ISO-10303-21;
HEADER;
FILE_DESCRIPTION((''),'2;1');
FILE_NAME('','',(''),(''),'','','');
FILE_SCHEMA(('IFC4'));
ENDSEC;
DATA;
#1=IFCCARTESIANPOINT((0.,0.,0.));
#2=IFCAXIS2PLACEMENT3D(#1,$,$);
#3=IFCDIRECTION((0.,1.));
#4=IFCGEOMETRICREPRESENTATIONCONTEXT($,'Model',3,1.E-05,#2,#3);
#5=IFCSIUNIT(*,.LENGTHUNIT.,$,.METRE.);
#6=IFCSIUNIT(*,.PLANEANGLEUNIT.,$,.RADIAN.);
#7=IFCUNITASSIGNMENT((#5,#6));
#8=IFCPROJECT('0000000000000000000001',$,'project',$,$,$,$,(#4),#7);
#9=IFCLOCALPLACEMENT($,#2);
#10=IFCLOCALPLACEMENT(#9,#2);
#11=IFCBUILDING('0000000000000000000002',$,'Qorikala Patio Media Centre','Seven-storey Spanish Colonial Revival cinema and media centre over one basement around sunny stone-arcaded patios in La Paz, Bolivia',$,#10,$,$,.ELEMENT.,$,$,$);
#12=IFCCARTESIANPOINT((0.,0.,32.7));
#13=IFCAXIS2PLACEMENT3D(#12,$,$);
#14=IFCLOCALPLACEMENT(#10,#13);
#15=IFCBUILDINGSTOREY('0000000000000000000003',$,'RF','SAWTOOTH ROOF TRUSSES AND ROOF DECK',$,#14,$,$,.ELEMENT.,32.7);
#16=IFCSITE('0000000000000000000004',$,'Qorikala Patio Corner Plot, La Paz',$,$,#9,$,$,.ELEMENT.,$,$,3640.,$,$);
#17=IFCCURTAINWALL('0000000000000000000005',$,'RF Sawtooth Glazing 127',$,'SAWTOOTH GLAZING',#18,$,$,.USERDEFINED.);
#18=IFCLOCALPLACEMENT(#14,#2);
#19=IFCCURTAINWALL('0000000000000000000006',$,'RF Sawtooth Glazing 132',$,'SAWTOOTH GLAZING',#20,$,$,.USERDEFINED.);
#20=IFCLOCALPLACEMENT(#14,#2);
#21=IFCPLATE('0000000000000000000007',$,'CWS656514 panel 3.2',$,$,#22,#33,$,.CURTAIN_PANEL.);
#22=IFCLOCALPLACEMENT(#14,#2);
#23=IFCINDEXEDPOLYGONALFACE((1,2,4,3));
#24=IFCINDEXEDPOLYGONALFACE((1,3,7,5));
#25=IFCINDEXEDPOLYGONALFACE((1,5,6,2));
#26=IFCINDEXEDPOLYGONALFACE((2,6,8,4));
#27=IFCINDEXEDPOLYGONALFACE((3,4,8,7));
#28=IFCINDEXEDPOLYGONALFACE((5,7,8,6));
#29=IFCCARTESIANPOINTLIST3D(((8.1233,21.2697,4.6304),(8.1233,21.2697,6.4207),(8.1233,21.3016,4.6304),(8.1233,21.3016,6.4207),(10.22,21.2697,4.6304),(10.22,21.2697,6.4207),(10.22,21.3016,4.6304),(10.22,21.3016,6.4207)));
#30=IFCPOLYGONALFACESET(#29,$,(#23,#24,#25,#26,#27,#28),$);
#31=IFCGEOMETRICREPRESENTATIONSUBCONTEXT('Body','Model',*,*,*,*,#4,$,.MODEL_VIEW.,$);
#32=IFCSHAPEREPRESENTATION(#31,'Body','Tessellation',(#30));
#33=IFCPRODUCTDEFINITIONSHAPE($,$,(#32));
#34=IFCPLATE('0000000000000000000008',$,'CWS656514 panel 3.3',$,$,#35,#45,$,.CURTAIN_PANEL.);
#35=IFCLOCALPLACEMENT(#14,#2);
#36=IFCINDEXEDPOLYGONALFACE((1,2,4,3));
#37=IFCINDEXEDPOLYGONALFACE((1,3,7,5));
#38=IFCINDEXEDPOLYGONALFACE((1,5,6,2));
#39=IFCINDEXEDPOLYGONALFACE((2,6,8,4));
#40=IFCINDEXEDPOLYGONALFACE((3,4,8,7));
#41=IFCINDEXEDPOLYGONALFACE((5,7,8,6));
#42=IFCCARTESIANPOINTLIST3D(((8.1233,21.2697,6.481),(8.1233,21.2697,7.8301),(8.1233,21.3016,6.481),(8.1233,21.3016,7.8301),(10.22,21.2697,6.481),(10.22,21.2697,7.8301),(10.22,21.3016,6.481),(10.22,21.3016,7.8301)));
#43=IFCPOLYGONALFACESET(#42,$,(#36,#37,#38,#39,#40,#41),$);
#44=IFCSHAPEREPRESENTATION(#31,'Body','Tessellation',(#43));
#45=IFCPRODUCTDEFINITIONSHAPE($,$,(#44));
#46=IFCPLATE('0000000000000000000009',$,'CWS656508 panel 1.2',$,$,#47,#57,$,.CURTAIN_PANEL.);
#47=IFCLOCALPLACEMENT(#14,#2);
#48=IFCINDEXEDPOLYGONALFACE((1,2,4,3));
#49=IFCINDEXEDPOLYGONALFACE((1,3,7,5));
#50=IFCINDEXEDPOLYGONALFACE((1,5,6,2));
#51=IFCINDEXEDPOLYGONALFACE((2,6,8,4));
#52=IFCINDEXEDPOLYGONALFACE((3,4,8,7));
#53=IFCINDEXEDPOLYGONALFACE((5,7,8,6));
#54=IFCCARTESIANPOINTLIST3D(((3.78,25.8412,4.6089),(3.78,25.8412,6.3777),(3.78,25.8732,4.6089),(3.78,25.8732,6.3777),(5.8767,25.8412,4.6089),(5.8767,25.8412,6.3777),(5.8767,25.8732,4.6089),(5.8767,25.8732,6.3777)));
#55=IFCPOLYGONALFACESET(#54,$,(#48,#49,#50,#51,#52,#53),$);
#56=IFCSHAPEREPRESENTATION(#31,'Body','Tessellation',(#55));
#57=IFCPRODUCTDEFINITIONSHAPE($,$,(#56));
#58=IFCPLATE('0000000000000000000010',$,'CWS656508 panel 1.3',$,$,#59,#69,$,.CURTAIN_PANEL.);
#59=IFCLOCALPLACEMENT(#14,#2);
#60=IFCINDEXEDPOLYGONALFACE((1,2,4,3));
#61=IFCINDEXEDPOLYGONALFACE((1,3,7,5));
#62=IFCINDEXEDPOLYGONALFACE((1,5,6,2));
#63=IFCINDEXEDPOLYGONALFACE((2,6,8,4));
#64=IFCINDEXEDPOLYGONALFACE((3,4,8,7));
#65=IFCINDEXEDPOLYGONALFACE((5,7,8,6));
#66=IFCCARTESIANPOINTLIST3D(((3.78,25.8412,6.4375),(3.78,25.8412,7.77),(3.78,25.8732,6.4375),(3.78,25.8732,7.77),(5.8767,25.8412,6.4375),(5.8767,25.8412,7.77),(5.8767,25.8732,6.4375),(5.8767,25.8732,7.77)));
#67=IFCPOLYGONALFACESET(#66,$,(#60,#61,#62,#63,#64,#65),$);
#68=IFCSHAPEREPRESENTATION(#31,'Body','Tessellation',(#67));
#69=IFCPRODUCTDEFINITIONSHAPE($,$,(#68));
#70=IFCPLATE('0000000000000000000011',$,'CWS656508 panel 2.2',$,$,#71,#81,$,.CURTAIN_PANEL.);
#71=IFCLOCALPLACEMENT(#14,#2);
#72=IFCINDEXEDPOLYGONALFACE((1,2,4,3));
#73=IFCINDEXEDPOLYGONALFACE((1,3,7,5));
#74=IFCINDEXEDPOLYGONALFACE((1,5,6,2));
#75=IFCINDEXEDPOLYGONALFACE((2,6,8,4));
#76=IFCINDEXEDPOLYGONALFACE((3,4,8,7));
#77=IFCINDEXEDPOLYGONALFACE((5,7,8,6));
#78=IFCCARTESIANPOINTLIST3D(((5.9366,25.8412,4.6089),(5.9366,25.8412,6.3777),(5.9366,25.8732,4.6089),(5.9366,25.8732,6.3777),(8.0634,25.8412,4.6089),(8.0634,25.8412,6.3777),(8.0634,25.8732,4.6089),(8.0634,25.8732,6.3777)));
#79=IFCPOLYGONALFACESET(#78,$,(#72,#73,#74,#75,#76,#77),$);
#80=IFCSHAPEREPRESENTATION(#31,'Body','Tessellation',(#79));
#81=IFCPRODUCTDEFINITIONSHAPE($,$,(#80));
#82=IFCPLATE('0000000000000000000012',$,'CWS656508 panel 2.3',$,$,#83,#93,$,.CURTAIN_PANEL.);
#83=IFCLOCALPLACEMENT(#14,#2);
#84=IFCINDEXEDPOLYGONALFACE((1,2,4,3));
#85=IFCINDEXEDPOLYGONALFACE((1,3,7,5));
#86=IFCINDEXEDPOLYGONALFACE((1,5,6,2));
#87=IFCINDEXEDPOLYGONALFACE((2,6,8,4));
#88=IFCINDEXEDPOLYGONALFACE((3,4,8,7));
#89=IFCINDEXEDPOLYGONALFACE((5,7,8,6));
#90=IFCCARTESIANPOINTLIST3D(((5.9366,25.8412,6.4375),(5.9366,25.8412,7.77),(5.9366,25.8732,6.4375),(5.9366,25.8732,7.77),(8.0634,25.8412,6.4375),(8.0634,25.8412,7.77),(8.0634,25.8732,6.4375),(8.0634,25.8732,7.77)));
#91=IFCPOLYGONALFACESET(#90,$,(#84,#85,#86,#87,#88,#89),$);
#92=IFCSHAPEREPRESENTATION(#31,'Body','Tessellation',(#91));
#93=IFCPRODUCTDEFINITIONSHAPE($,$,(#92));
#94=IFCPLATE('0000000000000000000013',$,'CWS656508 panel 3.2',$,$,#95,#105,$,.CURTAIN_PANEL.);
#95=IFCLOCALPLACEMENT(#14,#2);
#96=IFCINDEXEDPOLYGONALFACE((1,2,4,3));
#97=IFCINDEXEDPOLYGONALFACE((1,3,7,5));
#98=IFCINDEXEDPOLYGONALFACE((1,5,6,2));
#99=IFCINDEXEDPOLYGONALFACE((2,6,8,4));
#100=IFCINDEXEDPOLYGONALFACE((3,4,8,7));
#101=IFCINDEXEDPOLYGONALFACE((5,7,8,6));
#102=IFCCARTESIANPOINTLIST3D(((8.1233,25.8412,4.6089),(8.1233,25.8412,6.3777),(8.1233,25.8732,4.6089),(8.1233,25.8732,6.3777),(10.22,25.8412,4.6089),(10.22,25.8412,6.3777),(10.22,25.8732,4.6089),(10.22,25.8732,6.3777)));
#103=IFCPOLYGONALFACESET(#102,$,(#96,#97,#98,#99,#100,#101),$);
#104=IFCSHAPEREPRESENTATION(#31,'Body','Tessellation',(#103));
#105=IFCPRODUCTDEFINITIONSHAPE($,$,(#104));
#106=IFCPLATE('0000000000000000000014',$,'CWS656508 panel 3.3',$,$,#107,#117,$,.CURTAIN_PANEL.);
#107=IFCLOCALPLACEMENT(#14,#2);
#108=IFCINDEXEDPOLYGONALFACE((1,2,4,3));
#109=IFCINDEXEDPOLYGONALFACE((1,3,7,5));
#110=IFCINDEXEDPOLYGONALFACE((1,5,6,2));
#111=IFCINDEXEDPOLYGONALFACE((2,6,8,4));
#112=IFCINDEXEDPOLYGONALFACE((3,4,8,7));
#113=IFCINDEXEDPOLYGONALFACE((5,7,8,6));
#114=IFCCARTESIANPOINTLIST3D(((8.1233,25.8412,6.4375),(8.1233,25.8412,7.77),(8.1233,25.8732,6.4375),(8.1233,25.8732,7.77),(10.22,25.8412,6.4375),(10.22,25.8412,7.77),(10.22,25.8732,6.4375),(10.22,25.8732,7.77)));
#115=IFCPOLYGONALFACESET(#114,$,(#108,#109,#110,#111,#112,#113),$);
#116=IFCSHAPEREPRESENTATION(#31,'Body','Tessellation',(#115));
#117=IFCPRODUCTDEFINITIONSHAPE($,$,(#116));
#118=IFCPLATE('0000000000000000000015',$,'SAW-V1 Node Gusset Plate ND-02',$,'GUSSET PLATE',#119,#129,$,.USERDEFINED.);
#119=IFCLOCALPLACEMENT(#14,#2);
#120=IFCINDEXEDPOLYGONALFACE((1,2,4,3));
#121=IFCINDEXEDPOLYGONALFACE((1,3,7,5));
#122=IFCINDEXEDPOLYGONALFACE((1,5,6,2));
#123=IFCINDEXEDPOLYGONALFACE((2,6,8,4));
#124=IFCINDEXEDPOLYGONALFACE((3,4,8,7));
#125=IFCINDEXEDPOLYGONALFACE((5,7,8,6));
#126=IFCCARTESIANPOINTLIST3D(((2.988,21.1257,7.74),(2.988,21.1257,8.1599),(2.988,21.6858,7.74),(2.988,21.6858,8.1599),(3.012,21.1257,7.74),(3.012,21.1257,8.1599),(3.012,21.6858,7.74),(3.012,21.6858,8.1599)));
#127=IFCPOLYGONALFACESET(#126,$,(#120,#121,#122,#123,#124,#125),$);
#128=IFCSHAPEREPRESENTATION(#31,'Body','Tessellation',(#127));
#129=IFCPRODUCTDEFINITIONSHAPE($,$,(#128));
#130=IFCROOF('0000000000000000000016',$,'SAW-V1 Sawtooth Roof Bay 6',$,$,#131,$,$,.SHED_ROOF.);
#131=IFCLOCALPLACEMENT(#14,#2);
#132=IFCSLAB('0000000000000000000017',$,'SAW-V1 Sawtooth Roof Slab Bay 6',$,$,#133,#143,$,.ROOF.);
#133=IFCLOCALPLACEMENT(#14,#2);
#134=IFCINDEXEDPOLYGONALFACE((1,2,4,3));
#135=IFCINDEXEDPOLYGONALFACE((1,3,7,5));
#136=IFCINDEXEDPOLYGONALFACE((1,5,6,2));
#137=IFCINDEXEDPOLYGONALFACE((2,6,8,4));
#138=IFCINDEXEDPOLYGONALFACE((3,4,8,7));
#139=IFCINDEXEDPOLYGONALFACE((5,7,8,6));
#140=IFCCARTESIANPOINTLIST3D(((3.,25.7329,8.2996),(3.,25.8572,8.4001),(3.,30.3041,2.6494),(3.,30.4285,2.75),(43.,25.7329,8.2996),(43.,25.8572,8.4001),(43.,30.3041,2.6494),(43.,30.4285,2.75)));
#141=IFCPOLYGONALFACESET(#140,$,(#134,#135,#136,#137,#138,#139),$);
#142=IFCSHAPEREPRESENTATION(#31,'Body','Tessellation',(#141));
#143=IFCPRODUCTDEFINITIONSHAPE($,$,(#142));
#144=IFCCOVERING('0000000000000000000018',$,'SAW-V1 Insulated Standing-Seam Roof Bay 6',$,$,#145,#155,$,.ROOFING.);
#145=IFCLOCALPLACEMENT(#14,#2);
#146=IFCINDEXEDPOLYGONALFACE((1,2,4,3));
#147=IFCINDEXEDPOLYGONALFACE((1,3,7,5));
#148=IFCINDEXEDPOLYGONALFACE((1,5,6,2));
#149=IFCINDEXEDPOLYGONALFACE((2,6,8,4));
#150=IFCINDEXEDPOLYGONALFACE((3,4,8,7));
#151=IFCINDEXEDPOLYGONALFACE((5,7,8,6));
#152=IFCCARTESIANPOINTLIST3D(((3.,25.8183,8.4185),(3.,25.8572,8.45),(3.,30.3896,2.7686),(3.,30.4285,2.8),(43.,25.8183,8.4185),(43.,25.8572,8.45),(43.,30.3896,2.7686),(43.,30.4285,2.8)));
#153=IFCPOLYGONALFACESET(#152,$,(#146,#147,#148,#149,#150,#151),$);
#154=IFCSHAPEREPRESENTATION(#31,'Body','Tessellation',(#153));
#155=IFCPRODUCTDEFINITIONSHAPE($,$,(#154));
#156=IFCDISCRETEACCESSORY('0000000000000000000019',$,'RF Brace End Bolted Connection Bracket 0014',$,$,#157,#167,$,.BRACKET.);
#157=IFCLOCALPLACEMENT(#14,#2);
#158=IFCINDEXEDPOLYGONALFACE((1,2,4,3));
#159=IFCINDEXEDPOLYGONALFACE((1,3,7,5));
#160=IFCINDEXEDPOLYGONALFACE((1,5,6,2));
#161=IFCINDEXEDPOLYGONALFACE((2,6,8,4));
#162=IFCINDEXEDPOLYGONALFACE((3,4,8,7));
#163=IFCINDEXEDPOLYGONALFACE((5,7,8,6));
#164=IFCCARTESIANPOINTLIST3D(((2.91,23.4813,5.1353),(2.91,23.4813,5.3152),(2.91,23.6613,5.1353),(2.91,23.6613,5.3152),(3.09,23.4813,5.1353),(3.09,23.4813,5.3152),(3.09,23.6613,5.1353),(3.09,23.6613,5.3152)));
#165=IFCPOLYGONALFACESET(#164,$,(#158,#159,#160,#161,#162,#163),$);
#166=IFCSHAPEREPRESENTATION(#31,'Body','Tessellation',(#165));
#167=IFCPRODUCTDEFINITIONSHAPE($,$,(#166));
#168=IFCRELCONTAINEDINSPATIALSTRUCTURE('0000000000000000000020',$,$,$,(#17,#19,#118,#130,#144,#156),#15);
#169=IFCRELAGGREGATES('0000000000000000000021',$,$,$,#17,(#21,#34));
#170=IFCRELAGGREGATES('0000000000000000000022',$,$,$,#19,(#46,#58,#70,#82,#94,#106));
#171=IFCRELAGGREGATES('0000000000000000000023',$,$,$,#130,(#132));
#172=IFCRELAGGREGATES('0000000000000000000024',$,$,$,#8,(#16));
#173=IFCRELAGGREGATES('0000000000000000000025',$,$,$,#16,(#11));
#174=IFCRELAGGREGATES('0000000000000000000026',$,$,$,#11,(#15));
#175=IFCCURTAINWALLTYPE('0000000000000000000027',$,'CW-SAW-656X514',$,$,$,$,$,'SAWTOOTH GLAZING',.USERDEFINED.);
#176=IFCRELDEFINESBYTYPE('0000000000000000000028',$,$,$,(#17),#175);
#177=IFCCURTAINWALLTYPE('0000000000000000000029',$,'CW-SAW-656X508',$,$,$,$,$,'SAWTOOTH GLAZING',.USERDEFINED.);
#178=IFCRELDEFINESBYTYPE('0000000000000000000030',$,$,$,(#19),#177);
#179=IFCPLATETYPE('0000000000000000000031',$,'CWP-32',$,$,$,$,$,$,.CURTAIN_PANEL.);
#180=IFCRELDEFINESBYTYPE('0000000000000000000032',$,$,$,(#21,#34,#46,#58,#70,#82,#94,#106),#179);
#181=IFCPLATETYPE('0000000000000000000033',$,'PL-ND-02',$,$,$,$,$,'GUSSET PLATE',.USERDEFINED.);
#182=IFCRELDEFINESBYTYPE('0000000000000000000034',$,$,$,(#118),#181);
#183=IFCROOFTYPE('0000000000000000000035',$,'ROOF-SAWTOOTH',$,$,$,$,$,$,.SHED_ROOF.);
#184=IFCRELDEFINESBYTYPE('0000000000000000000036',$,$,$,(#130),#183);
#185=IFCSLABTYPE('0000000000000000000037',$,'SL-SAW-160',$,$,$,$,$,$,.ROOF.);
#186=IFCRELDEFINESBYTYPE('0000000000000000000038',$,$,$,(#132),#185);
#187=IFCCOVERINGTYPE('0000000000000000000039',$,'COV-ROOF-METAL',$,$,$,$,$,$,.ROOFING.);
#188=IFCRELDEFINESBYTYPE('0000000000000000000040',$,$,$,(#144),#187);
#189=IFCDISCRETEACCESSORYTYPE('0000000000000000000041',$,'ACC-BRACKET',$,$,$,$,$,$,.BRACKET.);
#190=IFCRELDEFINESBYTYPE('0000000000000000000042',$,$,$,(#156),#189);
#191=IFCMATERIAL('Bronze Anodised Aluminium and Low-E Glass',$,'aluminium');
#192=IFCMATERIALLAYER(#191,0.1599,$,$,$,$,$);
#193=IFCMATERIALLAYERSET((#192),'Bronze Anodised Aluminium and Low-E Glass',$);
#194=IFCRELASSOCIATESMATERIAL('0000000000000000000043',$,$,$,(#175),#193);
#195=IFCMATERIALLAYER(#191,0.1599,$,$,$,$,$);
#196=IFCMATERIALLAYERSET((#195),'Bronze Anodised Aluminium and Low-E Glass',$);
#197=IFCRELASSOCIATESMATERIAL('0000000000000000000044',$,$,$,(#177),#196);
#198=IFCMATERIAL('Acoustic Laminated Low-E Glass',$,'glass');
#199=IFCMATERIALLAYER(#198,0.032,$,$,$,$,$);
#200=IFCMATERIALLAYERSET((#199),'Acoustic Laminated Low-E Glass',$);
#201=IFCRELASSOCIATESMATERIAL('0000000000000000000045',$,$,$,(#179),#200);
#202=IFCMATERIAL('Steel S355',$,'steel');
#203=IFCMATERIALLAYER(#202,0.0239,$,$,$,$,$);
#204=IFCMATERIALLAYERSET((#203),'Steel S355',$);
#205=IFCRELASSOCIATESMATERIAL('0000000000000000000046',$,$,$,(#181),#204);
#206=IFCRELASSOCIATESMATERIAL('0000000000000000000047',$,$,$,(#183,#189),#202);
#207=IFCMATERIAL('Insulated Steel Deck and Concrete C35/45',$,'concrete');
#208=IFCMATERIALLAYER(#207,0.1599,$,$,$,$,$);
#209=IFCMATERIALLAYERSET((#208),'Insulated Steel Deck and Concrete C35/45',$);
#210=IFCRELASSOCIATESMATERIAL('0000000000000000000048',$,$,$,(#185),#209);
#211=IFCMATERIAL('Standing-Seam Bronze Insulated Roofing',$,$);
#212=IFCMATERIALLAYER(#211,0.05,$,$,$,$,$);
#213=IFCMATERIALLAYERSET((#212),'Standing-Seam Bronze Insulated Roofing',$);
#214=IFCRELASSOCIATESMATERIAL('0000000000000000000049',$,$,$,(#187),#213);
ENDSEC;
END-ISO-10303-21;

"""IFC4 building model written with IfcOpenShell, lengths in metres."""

from ifc_helpers import new_model, si_unit, direction, frame, origin, origin_2d, place, context, subcontext, project, spatial, polyline, rectangle, outline, extrude, material, layer, layer_set, type_object, element, aggregate, save


model = new_model("IFC4")

# Units and contexts
model_context = context("Model", 3, precision=1e-05, world=origin(), true_north=direction((0.0, 1.0)))
body_context = subcontext(model_context, "Body", "Model", "MODEL_VIEW")
ifc_project = project(units=[si_unit("LENGTHUNIT", "METRE"), si_unit("PLANEANGLEUNIT", "RADIAN")], contexts=[model_context])

# Site, building, storey
site_placement = place(None, origin())
site = spatial("IfcSite", under=ifc_project, at=site_placement, Name="Qorikala Patio Corner Plot, La Paz", CompositionType="ELEMENT", RefElevation=3640.0)
building_placement = place(site_placement, origin())
building = spatial("IfcBuilding", under=site, at=building_placement, Name="Qorikala Patio Media Centre", Description="Seven-storey Spanish Colonial Revival cinema and media centre over one basement around sunny stone-arcaded patios in La Paz, Bolivia", CompositionType="ELEMENT")
storey_placement = place(building_placement, frame((0.0, 0.0, 32.7)))
storey = spatial("IfcBuildingStorey", under=building, at=storey_placement, Name="RF", Description="SAWTOOTH ROOF TRUSSES AND ROOF DECK", CompositionType="ELEMENT", Elevation=32.7)

# Shared definitions
ifc_material_1 = material(Name="Steel S355", Category="steel")

# Curtain walls
ifc_material_2 = material(Name="Bronze Anodised Aluminium and Low-E Glass", Category="aluminium")
ifc_layer_1 = layer(ifc_material_2, 0.1599)
ifc_layer_set_1 = layer_set([ifc_layer_1], Name="Bronze Anodised Aluminium and Low-E Glass")
curtain_wall_type_1 = type_object("IfcCurtainWallType", Name="CW-SAW-656X514", ElementType="SAWTOOTH GLAZING", PredefinedType="USERDEFINED", material=ifc_layer_set_1)
curtain_wall_1_placement = place(storey_placement, origin())
curtain_wall_1 = element("IfcCurtainWall", 1, at=curtain_wall_1_placement, inside=storey, type_object=curtain_wall_type_1, Name="RF Sawtooth Glazing 127", ObjectType="SAWTOOTH GLAZING", PredefinedType="USERDEFINED")
ifc_layer_2 = layer(ifc_material_2, 0.1599)
ifc_layer_set_2 = layer_set([ifc_layer_2], Name="Bronze Anodised Aluminium and Low-E Glass")
curtain_wall_type_2 = type_object("IfcCurtainWallType", Name="CW-SAW-656X508", ElementType="SAWTOOTH GLAZING", PredefinedType="USERDEFINED", material=ifc_layer_set_2)
curtain_wall_2_placement = place(storey_placement, origin())
curtain_wall_2 = element("IfcCurtainWall", 2, at=curtain_wall_2_placement, inside=storey, type_object=curtain_wall_type_2, Name="RF Sawtooth Glazing 132", ObjectType="SAWTOOTH GLAZING", PredefinedType="USERDEFINED")

# Plates
ifc_material_3 = material(Name="Acoustic Laminated Low-E Glass", Category="glass")
ifc_layer_3 = layer(ifc_material_3, 0.032)
ifc_layer_set_3 = layer_set([ifc_layer_3], Name="Acoustic Laminated Low-E Glass")
plate_type_1 = type_object("IfcPlateType", Name="CWP-32", PredefinedType="CURTAIN_PANEL", material=ifc_layer_set_3)
plate_1_placement = place(storey_placement, frame((9.1716, 21.2856, 4.6304), z_axis=(0.0, 0.0, 1.0), x_axis=(1.0, 0.0, 0.0)))
plate_1 = element("IfcPlate", 3, at=plate_1_placement, type_object=plate_type_1, Name="CWS656514 panel 3.2", PredefinedType="CURTAIN_PANEL", context=body_context, shape_type="SweptSolid", body=[
    extrude(rectangle(XDim=2.0967, YDim=0.032, at=origin_2d()), origin(), (0.0, 0.0, 1.0), 1.7903),
])
plate_2_placement = place(storey_placement, frame((9.1716, 21.2856, 6.481), z_axis=(0.0, 0.0, 1.0), x_axis=(1.0, 0.0, 0.0)))
plate_2 = element("IfcPlate", 4, at=plate_2_placement, type_object=plate_type_1, Name="CWS656514 panel 3.3", PredefinedType="CURTAIN_PANEL", context=body_context, shape_type="SweptSolid", body=[
    extrude(rectangle(XDim=2.0967, YDim=0.032, at=origin_2d()), origin(), (0.0, 0.0, 1.0), 1.3491),
])
aggregate(curtain_wall_1, [plate_1, plate_2])
plate_3_placement = place(storey_placement, frame((4.8284, 25.8572, 4.6089), z_axis=(0.0, 0.0, 1.0), x_axis=(1.0, 0.0, 0.0)))
plate_3 = element("IfcPlate", 5, at=plate_3_placement, type_object=plate_type_1, Name="CWS656508 panel 1.2", PredefinedType="CURTAIN_PANEL", context=body_context, shape_type="SweptSolid", body=[
    extrude(rectangle(XDim=2.0967, YDim=0.032, at=origin_2d()), origin(), (0.0, 0.0, 1.0), 1.7688),
])
plate_4_placement = place(storey_placement, frame((4.8284, 25.8572, 6.4375), z_axis=(0.0, 0.0, 1.0), x_axis=(1.0, 0.0, 0.0)))
plate_4 = element("IfcPlate", 6, at=plate_4_placement, type_object=plate_type_1, Name="CWS656508 panel 1.3", PredefinedType="CURTAIN_PANEL", context=body_context, shape_type="SweptSolid", body=[
    extrude(rectangle(XDim=2.0967, YDim=0.032, at=origin_2d()), origin(), (0.0, 0.0, 1.0), 1.3325),
])
plate_5_placement = place(storey_placement, frame((7.0, 25.8572, 4.6089), z_axis=(0.0, 0.0, 1.0), x_axis=(1.0, 0.0, 0.0)))
plate_5 = element("IfcPlate", 7, at=plate_5_placement, type_object=plate_type_1, Name="CWS656508 panel 2.2", PredefinedType="CURTAIN_PANEL", context=body_context, shape_type="SweptSolid", body=[
    extrude(rectangle(XDim=2.1267, YDim=0.032, at=origin_2d()), origin(), (0.0, 0.0, 1.0), 1.7688),
])
plate_6_placement = place(storey_placement, frame((7.0, 25.8572, 6.4375), z_axis=(0.0, 0.0, 1.0), x_axis=(1.0, 0.0, 0.0)))
plate_6 = element("IfcPlate", 8, at=plate_6_placement, type_object=plate_type_1, Name="CWS656508 panel 2.3", PredefinedType="CURTAIN_PANEL", context=body_context, shape_type="SweptSolid", body=[
    extrude(rectangle(XDim=2.1267, YDim=0.032, at=origin_2d()), origin(), (0.0, 0.0, 1.0), 1.3325),
])
plate_7_placement = place(storey_placement, frame((9.1716, 25.8572, 4.6089), z_axis=(0.0, 0.0, 1.0), x_axis=(1.0, 0.0, 0.0)))
plate_7 = element("IfcPlate", 9, at=plate_7_placement, type_object=plate_type_1, Name="CWS656508 panel 3.2", PredefinedType="CURTAIN_PANEL", context=body_context, shape_type="SweptSolid", body=[
    extrude(rectangle(XDim=2.0967, YDim=0.032, at=origin_2d()), origin(), (0.0, 0.0, 1.0), 1.7688),
])
plate_8_placement = place(storey_placement, frame((9.1716, 25.8572, 6.4375), z_axis=(0.0, 0.0, 1.0), x_axis=(1.0, 0.0, 0.0)))
plate_8 = element("IfcPlate", 10, at=plate_8_placement, type_object=plate_type_1, Name="CWS656508 panel 3.3", PredefinedType="CURTAIN_PANEL", context=body_context, shape_type="SweptSolid", body=[
    extrude(rectangle(XDim=2.0967, YDim=0.032, at=origin_2d()), origin(), (0.0, 0.0, 1.0), 1.3325),
])
aggregate(curtain_wall_2, [plate_3, plate_4, plate_5, plate_6, plate_7, plate_8])
ifc_layer_4 = layer(ifc_material_1, 0.0239)
ifc_layer_set_4 = layer_set([ifc_layer_4], Name="Steel S355")
plate_type_2 = type_object("IfcPlateType", Name="PL-ND-02", ElementType="GUSSET PLATE", PredefinedType="USERDEFINED", material=ifc_layer_set_4)
plate_9_placement = place(storey_placement, frame((3.0, 21.4058, 7.74), z_axis=(0.0, 0.0, 1.0), x_axis=(1.0, 0.0, 0.0)))
element("IfcPlate", 11, at=plate_9_placement, inside=storey, type_object=plate_type_2, Name="SAW-V1 Node Gusset Plate ND-02", ObjectType="GUSSET PLATE", PredefinedType="USERDEFINED", context=body_context, shape_type="SweptSolid", body=[
    extrude(rectangle(XDim=0.0239, YDim=0.5601, at=origin_2d()), origin(), (0.0, 0.0, 1.0), 0.4199),
])

# Roof, slab
roof_type = type_object("IfcRoofType", Name="ROOF-SAWTOOTH", PredefinedType="SHED_ROOF", material=ifc_material_1)
roof_placement = place(storey_placement, origin())
roof = element("IfcRoof", 12, at=roof_placement, inside=storey, type_object=roof_type, Name="SAW-V1 Sawtooth Roof Bay 6", PredefinedType="SHED_ROOF")
ifc_material_4 = material(Name="Insulated Steel Deck and Concrete C35/45", Category="concrete")
ifc_layer_5 = layer(ifc_material_4, 0.1599)
ifc_layer_set_5 = layer_set([ifc_layer_5], Name="Insulated Steel Deck and Concrete C35/45")
slab_type = type_object("IfcSlabType", Name="SL-SAW-160", PredefinedType="ROOF", material=ifc_layer_set_5)
slab_placement = place(storey_placement, frame((3.0, 25.8572, 8.4001), z_axis=(0.0, 0.777422, 0.628979), x_axis=(1.0, 0.0, 0.0)))
slab = element("IfcSlab", 13, at=slab_placement, type_object=slab_type, Name="SAW-V1 Sawtooth Roof Slab Bay 6", PredefinedType="ROOF", context=body_context, shape_type="SweptSolid", body=[
    extrude(outline(polyline([(0.0, 0.0), (40.0, 0.0), (40.0, 7.2678), (0.0, 7.2678), (0.0, 0.0)])), origin(), (0.0, 0.0, -1.0), 0.1599),
])
aggregate(roof, [slab])

# Covering
ifc_material_5 = material(Name="Standing-Seam Bronze Insulated Roofing")
ifc_layer_6 = layer(ifc_material_5, 0.05)
ifc_layer_set_6 = layer_set([ifc_layer_6], Name="Standing-Seam Bronze Insulated Roofing")
covering_type = type_object("IfcCoveringType", Name="COV-ROOF-METAL", PredefinedType="ROOFING", material=ifc_layer_set_6)
covering_placement = place(storey_placement, frame((3.0, 25.8572, 8.45), z_axis=(0.0, 0.777409, 0.628995), x_axis=(1.0, 0.0, 0.0)))
element("IfcCovering", 14, at=covering_placement, inside=storey, type_object=covering_type, Name="SAW-V1 Insulated Standing-Seam Roof Bay 6", PredefinedType="ROOFING", context=body_context, shape_type="SweptSolid", body=[
    extrude(outline(polyline([(0.0, 0.0), (40.0, 0.0), (40.0, 7.2676), (0.0, 7.2676), (0.0, 0.0)])), origin(), (0.0, 0.0, -1.0), 0.05),
])

# Discrete accessory
discrete_accessory_type = type_object("IfcDiscreteAccessoryType", Name="ACC-BRACKET", PredefinedType="BRACKET", material=ifc_material_1)
discrete_accessory_placement = place(storey_placement, frame((3.0, 23.5713, 5.1353), z_axis=(0.0, 0.0, 1.0), x_axis=(1.0, 0.0, 0.0)))
element("IfcDiscreteAccessory", 15, at=discrete_accessory_placement, inside=storey, type_object=discrete_accessory_type, Name="RF Brace End Bolted Connection Bracket 0014", PredefinedType="BRACKET", context=body_context, shape_type="SweptSolid", body=[
    extrude(rectangle(XDim=0.1799, YDim=0.1799, at=origin_2d()), origin(), (0.0, 0.0, 1.0), 0.1799),
])

save(model, "model.ifc")
